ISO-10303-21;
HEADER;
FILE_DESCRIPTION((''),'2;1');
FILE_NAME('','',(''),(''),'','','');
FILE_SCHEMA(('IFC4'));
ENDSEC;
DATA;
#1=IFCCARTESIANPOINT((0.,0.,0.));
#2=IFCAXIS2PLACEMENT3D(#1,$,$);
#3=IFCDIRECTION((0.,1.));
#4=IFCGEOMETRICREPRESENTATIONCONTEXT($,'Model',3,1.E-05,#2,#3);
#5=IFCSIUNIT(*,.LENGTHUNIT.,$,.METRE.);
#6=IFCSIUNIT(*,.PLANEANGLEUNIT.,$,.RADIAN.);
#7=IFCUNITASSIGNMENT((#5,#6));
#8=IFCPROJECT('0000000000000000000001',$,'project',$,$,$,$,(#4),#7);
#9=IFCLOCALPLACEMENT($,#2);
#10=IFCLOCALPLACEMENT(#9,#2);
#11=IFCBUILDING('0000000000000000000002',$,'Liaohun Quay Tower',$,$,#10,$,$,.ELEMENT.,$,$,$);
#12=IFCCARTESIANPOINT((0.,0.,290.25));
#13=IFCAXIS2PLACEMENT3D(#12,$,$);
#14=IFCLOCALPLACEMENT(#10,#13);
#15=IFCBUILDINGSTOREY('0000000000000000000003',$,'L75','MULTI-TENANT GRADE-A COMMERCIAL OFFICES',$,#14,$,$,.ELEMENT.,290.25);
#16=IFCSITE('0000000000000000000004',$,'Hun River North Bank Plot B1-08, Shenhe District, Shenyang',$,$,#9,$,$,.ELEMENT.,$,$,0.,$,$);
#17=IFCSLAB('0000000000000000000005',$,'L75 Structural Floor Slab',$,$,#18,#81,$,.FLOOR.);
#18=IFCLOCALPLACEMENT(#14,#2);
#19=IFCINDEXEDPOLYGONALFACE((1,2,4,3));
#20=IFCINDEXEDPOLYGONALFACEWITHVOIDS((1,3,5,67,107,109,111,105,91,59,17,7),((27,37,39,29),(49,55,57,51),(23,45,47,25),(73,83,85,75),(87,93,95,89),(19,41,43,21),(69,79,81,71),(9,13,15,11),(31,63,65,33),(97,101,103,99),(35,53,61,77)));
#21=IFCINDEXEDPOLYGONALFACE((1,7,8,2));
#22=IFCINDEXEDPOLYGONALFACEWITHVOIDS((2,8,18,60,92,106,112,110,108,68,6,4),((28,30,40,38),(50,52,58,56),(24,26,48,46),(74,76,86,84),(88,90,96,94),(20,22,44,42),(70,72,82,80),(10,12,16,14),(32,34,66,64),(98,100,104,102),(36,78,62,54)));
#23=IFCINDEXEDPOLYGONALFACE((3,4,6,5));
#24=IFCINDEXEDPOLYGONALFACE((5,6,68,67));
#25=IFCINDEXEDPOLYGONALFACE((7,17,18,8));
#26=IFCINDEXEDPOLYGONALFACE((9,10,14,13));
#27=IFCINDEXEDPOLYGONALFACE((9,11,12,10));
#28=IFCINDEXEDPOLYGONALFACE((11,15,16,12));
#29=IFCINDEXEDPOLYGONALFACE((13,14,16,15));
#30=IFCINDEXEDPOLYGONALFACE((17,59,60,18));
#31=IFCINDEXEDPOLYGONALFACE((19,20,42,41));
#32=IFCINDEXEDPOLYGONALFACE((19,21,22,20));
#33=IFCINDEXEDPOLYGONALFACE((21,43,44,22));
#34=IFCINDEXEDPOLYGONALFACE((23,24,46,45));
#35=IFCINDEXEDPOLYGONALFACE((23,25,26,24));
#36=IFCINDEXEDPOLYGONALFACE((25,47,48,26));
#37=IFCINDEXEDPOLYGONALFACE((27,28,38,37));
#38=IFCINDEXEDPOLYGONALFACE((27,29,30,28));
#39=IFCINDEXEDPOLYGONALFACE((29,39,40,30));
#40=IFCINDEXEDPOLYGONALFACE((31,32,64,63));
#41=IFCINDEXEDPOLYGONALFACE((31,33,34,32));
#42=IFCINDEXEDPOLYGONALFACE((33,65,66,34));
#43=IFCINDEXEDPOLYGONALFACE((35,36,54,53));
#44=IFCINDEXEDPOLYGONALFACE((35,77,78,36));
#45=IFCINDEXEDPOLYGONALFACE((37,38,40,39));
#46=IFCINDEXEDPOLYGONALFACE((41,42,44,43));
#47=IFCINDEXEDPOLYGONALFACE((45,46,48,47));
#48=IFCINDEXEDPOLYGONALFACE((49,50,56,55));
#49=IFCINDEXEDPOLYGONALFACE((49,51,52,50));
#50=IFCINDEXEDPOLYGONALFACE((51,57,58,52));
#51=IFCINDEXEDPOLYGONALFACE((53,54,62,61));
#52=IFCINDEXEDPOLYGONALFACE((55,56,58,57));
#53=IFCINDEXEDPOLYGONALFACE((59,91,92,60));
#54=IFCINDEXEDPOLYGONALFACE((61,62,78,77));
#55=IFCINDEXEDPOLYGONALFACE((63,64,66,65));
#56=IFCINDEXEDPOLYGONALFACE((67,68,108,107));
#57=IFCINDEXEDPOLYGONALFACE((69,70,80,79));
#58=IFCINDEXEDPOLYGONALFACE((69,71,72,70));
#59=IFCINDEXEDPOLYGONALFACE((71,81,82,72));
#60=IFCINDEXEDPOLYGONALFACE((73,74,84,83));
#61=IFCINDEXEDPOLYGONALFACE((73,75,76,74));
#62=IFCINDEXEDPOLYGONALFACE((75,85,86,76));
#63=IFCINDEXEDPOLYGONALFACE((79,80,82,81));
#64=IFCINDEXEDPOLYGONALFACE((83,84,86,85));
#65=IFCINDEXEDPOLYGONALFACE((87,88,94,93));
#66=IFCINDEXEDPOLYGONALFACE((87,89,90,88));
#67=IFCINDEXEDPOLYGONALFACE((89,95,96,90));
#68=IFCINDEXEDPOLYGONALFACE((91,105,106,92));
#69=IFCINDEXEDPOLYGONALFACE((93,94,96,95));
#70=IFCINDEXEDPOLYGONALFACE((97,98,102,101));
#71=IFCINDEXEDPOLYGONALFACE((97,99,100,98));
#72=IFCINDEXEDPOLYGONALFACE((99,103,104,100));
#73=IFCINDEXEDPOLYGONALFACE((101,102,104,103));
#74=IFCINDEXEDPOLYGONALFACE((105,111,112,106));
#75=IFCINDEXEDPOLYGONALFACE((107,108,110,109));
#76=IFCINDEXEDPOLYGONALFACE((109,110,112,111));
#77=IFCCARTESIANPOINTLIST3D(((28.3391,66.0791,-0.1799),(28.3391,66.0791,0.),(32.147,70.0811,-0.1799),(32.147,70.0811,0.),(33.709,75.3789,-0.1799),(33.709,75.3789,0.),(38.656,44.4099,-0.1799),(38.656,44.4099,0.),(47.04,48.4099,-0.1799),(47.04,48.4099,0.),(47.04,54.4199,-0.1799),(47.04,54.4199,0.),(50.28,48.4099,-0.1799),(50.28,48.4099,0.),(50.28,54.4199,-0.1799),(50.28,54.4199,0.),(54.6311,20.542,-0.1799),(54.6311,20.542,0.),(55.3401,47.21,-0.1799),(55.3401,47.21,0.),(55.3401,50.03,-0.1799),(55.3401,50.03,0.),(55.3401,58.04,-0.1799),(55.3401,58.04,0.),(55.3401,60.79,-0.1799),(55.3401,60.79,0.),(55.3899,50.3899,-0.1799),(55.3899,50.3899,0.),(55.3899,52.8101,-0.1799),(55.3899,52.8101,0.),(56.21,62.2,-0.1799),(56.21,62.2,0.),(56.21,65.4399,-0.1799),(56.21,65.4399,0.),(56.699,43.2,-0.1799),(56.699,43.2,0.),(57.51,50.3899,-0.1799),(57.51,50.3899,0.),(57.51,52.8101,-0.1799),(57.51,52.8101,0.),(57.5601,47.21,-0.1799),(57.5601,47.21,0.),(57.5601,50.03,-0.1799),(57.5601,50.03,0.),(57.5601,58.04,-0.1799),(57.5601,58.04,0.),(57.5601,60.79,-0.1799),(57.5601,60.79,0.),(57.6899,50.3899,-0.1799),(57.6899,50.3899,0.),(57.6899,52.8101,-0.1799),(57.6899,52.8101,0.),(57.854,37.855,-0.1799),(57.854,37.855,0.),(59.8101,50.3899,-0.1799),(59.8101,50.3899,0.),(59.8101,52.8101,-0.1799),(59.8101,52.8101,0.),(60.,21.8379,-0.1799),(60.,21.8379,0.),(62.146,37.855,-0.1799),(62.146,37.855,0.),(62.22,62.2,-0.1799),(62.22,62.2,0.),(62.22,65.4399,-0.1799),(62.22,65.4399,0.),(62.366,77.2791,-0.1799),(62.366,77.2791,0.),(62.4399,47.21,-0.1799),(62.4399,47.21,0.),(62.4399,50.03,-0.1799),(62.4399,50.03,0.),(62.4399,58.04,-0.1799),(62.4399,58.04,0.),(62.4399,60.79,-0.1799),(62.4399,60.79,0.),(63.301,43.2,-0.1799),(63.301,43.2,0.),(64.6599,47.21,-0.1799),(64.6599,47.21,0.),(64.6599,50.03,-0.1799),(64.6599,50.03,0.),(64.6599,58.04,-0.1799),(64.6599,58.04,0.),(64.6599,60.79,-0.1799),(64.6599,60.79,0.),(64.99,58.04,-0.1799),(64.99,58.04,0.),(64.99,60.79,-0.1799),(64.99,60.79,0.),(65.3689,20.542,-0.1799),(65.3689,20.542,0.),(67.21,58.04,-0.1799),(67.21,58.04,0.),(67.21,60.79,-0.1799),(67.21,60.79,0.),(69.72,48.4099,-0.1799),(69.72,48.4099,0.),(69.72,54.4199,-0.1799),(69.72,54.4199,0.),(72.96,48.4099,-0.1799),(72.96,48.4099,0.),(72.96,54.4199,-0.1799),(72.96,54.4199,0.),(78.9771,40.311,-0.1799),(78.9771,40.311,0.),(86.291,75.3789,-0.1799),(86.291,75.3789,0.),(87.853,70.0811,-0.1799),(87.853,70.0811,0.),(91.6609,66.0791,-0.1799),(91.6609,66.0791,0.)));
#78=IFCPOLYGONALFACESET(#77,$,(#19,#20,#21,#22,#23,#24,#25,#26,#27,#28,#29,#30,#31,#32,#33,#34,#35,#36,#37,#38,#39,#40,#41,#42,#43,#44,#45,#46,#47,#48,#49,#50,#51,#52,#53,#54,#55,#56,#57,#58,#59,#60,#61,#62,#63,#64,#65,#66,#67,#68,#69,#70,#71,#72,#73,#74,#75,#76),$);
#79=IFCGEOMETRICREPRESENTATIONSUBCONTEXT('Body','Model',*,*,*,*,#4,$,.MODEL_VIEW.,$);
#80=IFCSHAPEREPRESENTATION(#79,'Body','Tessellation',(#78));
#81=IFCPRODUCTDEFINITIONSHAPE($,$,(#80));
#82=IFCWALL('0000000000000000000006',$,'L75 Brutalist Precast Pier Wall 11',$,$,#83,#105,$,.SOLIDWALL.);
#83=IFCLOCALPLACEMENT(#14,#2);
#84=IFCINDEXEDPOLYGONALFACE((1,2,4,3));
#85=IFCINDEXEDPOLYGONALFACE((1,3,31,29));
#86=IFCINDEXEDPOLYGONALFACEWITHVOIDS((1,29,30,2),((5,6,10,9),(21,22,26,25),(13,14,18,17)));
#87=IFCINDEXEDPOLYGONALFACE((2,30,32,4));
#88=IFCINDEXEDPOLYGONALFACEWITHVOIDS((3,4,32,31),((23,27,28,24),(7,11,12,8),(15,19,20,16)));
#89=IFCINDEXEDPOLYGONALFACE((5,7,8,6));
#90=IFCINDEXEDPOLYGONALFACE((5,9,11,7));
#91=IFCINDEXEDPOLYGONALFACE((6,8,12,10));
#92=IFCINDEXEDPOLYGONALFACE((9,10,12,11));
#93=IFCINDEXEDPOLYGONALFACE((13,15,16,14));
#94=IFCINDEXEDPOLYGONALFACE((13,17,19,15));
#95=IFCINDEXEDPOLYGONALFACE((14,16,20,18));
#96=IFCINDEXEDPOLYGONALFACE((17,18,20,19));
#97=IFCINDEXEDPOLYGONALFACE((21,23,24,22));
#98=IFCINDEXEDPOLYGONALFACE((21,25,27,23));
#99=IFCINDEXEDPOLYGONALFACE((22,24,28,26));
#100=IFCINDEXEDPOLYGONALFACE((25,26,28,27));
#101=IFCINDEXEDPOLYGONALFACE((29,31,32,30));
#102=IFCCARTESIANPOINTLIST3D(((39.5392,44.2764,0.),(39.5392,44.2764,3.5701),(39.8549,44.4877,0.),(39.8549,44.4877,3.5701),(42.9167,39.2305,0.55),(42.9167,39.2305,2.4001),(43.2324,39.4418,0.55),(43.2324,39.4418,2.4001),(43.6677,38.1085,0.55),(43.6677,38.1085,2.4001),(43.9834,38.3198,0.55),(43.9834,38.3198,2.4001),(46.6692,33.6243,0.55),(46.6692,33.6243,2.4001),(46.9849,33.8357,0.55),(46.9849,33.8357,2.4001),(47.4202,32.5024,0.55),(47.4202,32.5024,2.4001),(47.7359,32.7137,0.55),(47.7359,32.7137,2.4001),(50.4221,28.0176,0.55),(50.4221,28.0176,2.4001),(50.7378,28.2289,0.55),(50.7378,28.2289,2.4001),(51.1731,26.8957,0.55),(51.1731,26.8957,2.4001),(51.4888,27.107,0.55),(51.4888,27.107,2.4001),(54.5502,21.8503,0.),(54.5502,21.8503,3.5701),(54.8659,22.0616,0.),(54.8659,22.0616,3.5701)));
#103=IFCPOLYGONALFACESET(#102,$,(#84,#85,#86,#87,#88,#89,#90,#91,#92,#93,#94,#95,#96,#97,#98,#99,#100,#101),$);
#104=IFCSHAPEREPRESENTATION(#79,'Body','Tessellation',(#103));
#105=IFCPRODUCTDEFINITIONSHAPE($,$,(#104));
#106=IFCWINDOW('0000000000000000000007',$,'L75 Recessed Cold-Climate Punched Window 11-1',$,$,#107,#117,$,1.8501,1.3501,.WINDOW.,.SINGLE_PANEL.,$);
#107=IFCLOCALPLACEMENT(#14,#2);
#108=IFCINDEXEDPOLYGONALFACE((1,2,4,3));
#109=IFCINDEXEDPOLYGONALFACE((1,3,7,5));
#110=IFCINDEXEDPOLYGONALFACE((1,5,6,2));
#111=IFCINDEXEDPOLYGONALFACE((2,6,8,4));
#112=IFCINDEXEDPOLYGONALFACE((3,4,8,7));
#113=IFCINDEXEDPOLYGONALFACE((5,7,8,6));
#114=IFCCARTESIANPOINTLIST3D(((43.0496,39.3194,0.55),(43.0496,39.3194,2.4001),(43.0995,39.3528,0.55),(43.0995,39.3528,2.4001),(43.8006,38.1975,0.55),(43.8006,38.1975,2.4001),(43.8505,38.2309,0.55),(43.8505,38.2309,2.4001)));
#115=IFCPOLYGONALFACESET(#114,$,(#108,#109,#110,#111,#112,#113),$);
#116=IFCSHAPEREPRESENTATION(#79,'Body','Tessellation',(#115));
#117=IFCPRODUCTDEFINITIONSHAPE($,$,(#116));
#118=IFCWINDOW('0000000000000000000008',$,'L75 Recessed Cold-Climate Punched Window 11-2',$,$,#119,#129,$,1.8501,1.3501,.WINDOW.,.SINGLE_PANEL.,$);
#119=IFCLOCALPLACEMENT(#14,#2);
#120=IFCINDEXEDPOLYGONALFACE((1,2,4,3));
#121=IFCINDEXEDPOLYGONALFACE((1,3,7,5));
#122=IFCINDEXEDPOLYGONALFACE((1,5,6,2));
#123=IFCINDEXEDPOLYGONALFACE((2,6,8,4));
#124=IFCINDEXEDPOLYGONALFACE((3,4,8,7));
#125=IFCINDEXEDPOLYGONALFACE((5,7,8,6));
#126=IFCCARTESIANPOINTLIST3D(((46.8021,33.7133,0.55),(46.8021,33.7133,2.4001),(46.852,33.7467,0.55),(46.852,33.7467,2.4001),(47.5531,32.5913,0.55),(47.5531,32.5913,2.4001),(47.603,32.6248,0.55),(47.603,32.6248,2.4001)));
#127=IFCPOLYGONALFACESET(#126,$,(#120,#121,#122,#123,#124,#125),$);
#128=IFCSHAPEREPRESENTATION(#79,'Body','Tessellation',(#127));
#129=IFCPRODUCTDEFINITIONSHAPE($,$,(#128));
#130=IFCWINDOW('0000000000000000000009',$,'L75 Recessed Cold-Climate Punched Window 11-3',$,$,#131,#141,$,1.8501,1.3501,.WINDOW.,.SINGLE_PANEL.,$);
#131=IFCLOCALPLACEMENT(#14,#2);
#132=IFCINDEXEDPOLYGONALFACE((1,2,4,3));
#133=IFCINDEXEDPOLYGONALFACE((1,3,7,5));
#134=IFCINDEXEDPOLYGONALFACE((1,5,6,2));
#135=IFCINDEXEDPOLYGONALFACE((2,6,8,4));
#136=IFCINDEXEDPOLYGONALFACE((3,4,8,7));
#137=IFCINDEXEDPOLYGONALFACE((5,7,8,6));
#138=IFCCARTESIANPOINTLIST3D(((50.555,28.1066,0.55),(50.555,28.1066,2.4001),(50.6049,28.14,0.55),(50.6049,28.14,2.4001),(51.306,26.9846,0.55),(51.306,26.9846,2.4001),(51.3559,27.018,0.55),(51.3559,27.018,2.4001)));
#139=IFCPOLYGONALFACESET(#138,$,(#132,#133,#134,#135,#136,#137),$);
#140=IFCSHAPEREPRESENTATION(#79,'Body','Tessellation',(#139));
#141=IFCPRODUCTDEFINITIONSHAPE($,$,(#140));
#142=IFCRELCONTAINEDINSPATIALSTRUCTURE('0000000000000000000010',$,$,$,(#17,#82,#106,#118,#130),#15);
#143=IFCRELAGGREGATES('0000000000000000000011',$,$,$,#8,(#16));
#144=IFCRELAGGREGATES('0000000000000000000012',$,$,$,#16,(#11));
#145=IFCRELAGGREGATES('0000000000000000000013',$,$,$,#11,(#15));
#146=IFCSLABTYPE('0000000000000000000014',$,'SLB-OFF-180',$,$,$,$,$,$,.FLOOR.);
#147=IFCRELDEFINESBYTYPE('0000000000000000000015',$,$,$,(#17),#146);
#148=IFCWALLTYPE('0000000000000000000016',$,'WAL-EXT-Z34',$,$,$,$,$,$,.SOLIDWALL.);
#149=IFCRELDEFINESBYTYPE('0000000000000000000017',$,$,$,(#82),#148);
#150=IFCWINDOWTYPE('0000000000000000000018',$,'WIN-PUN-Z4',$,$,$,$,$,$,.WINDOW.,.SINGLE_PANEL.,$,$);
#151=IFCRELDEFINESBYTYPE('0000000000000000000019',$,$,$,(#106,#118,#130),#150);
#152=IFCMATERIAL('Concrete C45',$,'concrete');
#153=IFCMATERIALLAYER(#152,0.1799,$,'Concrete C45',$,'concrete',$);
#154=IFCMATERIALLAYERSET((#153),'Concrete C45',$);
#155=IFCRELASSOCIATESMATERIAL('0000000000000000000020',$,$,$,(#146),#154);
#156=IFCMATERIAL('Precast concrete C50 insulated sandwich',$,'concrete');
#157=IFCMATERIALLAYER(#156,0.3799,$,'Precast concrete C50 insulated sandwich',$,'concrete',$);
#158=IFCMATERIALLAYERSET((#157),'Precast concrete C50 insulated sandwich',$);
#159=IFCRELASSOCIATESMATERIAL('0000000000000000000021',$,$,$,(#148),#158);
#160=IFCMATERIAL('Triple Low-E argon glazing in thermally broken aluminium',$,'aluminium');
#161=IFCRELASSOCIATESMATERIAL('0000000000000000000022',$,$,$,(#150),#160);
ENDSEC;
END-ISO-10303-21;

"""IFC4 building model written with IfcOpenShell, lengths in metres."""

from ifc_helpers import new_model, si_unit, direction, frame, frame_2d, origin, place, context, subcontext, project, spatial, polyline, rectangle, outline, extrude, source, transform, mapped, material, layer, layer_set, type_object, element, fill, save


model = new_model("IFC4")

# Units and contexts
model_context = context("Model", 3, precision=1e-05, world=origin(), true_north=direction((0.0, 1.0)))
body_context = subcontext(model_context, "Body", "Model", "MODEL_VIEW")
ifc_project = project(units=[si_unit("LENGTHUNIT", "METRE"), si_unit("PLANEANGLEUNIT", "RADIAN")], contexts=[model_context])

# Site, building, storey
site_placement = place(None, origin())
site = spatial("IfcSite", under=ifc_project, at=site_placement, Name="Hun River North Bank Plot B1-08, Shenhe District, Shenyang", CompositionType="ELEMENT", RefElevation=0.0)
building_placement = place(site_placement, origin())
building = spatial("IfcBuilding", under=site, at=building_placement, Name="Liaohun Quay Tower", CompositionType="ELEMENT")
storey_placement = place(building_placement, frame((0.0, 0.0, 290.25)))
storey = spatial("IfcBuildingStorey", under=building, at=storey_placement, Name="L75", Description="MULTI-TENANT GRADE-A COMMERCIAL OFFICES", CompositionType="ELEMENT", Elevation=290.25)

# Shared definitions
ifc_material_1 = material(Name="Concrete C45", Category="concrete")

# Slab
ifc_layer_1 = layer(ifc_material_1, 0.1799, Name="Concrete C45", Category="concrete")
ifc_layer_set_1 = layer_set([ifc_layer_1], Name="Concrete C45")
slab_type_1 = type_object("IfcSlabType", Name="SLB-OFF-180", PredefinedType="FLOOR", material=ifc_layer_set_1)
slab_1_placement = place(storey_placement, frame((0.0, 0.0, -0.1799)))
element("IfcSlab", 1, at=slab_1_placement, inside=storey, type_object=slab_type_1, Name="L75 Structural Floor Slab", PredefinedType="FLOOR", context=body_context, shape_type="SweptSolid", body=[
    extrude(outline(polyline([(54.6311, 20.542), (60.0, 21.8379), (65.3689, 20.542), (78.9771, 40.311), (91.6609, 66.0791), (87.853, 70.0811), (86.291, 75.3789), (62.366, 77.2791), (33.709, 75.3789), (32.147, 70.0811), (28.3391, 66.0791), (38.656, 44.4099), (54.6311, 20.542)]), holes=[polyline([(57.5601, 50.03), (55.3401, 50.03), (55.3401, 47.21), (57.5601, 47.21), (57.5601, 50.03)]), polyline([(47.04, 54.4199), (47.04, 48.4099), (50.28, 48.4099), (50.28, 54.4199), (47.04, 54.4199)]), polyline([(57.51, 52.8101), (55.3899, 52.8101), (55.3899, 50.3899), (57.51, 50.3899), (57.51, 52.8101)]), polyline([(59.8101, 50.3899), (59.8101, 52.8101), (57.6899, 52.8101), (57.6899, 50.3899), (59.8101, 50.3899)]), polyline([(57.5601, 58.04), (57.5601, 60.79), (55.3401, 60.79), (55.3401, 58.04), (57.5601, 58.04)]), polyline([(62.22, 65.4399), (56.21, 65.4399), (56.21, 62.2), (62.22, 62.2), (62.22, 65.4399)]), polyline([(62.146, 37.855), (63.301, 43.2), (56.699, 43.2), (57.854, 37.855), (62.146, 37.855)]), polyline([(64.6599, 47.21), (64.6599, 50.03), (62.4399, 50.03), (62.4399, 47.21), (64.6599, 47.21)]), polyline([(69.72, 54.4199), (69.72, 48.4099), (72.96, 48.4099), (72.96, 54.4199), (69.72, 54.4199)]), polyline([(64.6599, 58.04), (64.6599, 60.79), (62.4399, 60.79), (62.4399, 58.04), (64.6599, 58.04)]), polyline([(67.21, 58.04), (67.21, 60.79), (64.99, 60.79), (64.99, 58.04), (67.21, 58.04)])]), origin(), (0.0, 0.0, 1.0), 0.1799),
])

# Wall, openings, windows
ifc_material_2 = material(Name="Precast concrete C50 insulated sandwich", Category="concrete")
ifc_layer_2 = layer(ifc_material_2, 0.3799, Name="Precast concrete C50 insulated sandwich", Category="concrete")
ifc_layer_set_2 = layer_set([ifc_layer_2], Name="Precast concrete C50 insulated sandwich")
wall_type_1 = type_object("IfcWallType", Name="WAL-EXT-Z34", PredefinedType="SOLIDWALL", material=ifc_layer_set_2)
wall_1_placement = place(storey_placement, frame((39.697, 44.3821, 0.0), z_axis=(0.0, 0.0, 1.0), x_axis=(0.556246, -0.831018, 0.0)))
wall_1 = element("IfcWall", 2, at=wall_1_placement, inside=storey, type_object=wall_type_1, Name="L75 Brutalist Precast Pier Wall 11", PredefinedType="SOLIDWALL", context=body_context, shape_type="SweptSolid", body=[
    extrude(rectangle(XDim=26.9863, YDim=0.3799, at=frame_2d((13.4932, 0.0))), origin(), (0.0, 0.0, 1.0), 3.5701),
])
shared_shape_1 = source(origin(), body_context, "Body", "SweptSolid", [
    extrude(rectangle(XDim=1.3501, YDim=1.8501, at=frame_2d((0.675, 0.925))), frame((0.0, 0.2, 0.0), z_axis=(0.0, -1.0, 0.0), x_axis=(1.0, 0.0, 0.0)), (0.0, 0.0, 1.0), 0.3999),
])
opening_1_placement = place(wall_1_placement, frame((6.072, 0.0, 0.55)))
opening_1 = element("IfcOpeningElement", 3, at=opening_1_placement, cuts=wall_1, PredefinedType="OPENING", context=body_context, shape_type="MappedRepresentation", body=[
    mapped(shared_shape_1, transform((0.0, 0.0, 0.0), x_axis=(1.0, 0.0, 0.0), y_axis=(0.0, 1.0, 0.0), z_axis=(0.0, 0.0, 1.0), scale=1.0)),
])
opening_2_placement = place(wall_1_placement, frame((12.8181, 0.0, 0.55)))
opening_2 = element("IfcOpeningElement", 4, at=opening_2_placement, cuts=wall_1, PredefinedType="OPENING", context=body_context, shape_type="MappedRepresentation", body=[
    mapped(shared_shape_1, transform((0.0, 0.0, 0.0), x_axis=(1.0, 0.0, 0.0), y_axis=(0.0, 1.0, 0.0), z_axis=(0.0, 0.0, 1.0), scale=1.0)),
])
opening_3_placement = place(wall_1_placement, frame((19.5649, 0.0, 0.55)))
opening_3 = element("IfcOpeningElement", 5, at=opening_3_placement, cuts=wall_1, PredefinedType="OPENING", context=body_context, shape_type="MappedRepresentation", body=[
    mapped(shared_shape_1, transform((0.0, 0.0, 0.0), x_axis=(1.0, 0.0, 0.0), y_axis=(0.0, 1.0, 0.0), z_axis=(0.0, 0.0, 1.0), scale=1.0)),
])
ifc_material_3 = material(Name="Triple Low-E argon glazing in thermally broken aluminium", Category="aluminium")
window_type = type_object("IfcWindowType", Name="WIN-PUN-Z4", PartitioningType="SINGLE_PANEL", PredefinedType="WINDOW", material=ifc_material_3)
shared_shape_2 = source(origin(), body_context, "Body", "SweptSolid", [
    extrude(rectangle(XDim=1.3501, YDim=1.8501, at=frame_2d((0.675, 0.925))), frame((0.0, 0.03, 0.0), z_axis=(0.0, -1.0, 0.0), x_axis=(1.0, 0.0, 0.0)), (0.0, 0.0, 1.0), 0.0601),
])
window_1_placement = place(opening_1_placement, origin())
window_1 = element("IfcWindow", 6, at=window_1_placement, inside=storey, type_object=window_type, Name="L75 Recessed Cold-Climate Punched Window 11-1", OverallHeight=1.8501, OverallWidth=1.3501, PartitioningType="SINGLE_PANEL", PredefinedType="WINDOW", context=body_context, shape_type="MappedRepresentation", body=[
    mapped(shared_shape_2, transform((0.0, 0.0, 0.0), x_axis=(1.0, 0.0, 0.0), y_axis=(0.0, 1.0, 0.0), z_axis=(0.0, 0.0, 1.0), scale=1.0)),
])
fill(opening_1, window_1)
window_2_placement = place(opening_2_placement, origin())
window_2 = element("IfcWindow", 7, at=window_2_placement, inside=storey, type_object=window_type, Name="L75 Recessed Cold-Climate Punched Window 11-2", OverallHeight=1.8501, OverallWidth=1.3501, PartitioningType="SINGLE_PANEL", PredefinedType="WINDOW", context=body_context, shape_type="MappedRepresentation", body=[
    mapped(shared_shape_2, transform((0.0, 0.0, 0.0), x_axis=(1.0, 0.0, 0.0), y_axis=(0.0, 1.0, 0.0), z_axis=(0.0, 0.0, 1.0), scale=1.0)),
])
fill(opening_2, window_2)
window_3_placement = place(opening_3_placement, origin())
window_3 = element("IfcWindow", 8, at=window_3_placement, inside=storey, type_object=window_type, Name="L75 Recessed Cold-Climate Punched Window 11-3", OverallHeight=1.8501, OverallWidth=1.3501, PartitioningType="SINGLE_PANEL", PredefinedType="WINDOW", context=body_context, shape_type="MappedRepresentation", body=[
    mapped(shared_shape_2, transform((0.0, 0.0, 0.0), x_axis=(1.0, 0.0, 0.0), y_axis=(0.0, 1.0, 0.0), z_axis=(0.0, 0.0, 1.0), scale=1.0)),
])
fill(opening_3, window_3)

save(model, "model.ifc")
